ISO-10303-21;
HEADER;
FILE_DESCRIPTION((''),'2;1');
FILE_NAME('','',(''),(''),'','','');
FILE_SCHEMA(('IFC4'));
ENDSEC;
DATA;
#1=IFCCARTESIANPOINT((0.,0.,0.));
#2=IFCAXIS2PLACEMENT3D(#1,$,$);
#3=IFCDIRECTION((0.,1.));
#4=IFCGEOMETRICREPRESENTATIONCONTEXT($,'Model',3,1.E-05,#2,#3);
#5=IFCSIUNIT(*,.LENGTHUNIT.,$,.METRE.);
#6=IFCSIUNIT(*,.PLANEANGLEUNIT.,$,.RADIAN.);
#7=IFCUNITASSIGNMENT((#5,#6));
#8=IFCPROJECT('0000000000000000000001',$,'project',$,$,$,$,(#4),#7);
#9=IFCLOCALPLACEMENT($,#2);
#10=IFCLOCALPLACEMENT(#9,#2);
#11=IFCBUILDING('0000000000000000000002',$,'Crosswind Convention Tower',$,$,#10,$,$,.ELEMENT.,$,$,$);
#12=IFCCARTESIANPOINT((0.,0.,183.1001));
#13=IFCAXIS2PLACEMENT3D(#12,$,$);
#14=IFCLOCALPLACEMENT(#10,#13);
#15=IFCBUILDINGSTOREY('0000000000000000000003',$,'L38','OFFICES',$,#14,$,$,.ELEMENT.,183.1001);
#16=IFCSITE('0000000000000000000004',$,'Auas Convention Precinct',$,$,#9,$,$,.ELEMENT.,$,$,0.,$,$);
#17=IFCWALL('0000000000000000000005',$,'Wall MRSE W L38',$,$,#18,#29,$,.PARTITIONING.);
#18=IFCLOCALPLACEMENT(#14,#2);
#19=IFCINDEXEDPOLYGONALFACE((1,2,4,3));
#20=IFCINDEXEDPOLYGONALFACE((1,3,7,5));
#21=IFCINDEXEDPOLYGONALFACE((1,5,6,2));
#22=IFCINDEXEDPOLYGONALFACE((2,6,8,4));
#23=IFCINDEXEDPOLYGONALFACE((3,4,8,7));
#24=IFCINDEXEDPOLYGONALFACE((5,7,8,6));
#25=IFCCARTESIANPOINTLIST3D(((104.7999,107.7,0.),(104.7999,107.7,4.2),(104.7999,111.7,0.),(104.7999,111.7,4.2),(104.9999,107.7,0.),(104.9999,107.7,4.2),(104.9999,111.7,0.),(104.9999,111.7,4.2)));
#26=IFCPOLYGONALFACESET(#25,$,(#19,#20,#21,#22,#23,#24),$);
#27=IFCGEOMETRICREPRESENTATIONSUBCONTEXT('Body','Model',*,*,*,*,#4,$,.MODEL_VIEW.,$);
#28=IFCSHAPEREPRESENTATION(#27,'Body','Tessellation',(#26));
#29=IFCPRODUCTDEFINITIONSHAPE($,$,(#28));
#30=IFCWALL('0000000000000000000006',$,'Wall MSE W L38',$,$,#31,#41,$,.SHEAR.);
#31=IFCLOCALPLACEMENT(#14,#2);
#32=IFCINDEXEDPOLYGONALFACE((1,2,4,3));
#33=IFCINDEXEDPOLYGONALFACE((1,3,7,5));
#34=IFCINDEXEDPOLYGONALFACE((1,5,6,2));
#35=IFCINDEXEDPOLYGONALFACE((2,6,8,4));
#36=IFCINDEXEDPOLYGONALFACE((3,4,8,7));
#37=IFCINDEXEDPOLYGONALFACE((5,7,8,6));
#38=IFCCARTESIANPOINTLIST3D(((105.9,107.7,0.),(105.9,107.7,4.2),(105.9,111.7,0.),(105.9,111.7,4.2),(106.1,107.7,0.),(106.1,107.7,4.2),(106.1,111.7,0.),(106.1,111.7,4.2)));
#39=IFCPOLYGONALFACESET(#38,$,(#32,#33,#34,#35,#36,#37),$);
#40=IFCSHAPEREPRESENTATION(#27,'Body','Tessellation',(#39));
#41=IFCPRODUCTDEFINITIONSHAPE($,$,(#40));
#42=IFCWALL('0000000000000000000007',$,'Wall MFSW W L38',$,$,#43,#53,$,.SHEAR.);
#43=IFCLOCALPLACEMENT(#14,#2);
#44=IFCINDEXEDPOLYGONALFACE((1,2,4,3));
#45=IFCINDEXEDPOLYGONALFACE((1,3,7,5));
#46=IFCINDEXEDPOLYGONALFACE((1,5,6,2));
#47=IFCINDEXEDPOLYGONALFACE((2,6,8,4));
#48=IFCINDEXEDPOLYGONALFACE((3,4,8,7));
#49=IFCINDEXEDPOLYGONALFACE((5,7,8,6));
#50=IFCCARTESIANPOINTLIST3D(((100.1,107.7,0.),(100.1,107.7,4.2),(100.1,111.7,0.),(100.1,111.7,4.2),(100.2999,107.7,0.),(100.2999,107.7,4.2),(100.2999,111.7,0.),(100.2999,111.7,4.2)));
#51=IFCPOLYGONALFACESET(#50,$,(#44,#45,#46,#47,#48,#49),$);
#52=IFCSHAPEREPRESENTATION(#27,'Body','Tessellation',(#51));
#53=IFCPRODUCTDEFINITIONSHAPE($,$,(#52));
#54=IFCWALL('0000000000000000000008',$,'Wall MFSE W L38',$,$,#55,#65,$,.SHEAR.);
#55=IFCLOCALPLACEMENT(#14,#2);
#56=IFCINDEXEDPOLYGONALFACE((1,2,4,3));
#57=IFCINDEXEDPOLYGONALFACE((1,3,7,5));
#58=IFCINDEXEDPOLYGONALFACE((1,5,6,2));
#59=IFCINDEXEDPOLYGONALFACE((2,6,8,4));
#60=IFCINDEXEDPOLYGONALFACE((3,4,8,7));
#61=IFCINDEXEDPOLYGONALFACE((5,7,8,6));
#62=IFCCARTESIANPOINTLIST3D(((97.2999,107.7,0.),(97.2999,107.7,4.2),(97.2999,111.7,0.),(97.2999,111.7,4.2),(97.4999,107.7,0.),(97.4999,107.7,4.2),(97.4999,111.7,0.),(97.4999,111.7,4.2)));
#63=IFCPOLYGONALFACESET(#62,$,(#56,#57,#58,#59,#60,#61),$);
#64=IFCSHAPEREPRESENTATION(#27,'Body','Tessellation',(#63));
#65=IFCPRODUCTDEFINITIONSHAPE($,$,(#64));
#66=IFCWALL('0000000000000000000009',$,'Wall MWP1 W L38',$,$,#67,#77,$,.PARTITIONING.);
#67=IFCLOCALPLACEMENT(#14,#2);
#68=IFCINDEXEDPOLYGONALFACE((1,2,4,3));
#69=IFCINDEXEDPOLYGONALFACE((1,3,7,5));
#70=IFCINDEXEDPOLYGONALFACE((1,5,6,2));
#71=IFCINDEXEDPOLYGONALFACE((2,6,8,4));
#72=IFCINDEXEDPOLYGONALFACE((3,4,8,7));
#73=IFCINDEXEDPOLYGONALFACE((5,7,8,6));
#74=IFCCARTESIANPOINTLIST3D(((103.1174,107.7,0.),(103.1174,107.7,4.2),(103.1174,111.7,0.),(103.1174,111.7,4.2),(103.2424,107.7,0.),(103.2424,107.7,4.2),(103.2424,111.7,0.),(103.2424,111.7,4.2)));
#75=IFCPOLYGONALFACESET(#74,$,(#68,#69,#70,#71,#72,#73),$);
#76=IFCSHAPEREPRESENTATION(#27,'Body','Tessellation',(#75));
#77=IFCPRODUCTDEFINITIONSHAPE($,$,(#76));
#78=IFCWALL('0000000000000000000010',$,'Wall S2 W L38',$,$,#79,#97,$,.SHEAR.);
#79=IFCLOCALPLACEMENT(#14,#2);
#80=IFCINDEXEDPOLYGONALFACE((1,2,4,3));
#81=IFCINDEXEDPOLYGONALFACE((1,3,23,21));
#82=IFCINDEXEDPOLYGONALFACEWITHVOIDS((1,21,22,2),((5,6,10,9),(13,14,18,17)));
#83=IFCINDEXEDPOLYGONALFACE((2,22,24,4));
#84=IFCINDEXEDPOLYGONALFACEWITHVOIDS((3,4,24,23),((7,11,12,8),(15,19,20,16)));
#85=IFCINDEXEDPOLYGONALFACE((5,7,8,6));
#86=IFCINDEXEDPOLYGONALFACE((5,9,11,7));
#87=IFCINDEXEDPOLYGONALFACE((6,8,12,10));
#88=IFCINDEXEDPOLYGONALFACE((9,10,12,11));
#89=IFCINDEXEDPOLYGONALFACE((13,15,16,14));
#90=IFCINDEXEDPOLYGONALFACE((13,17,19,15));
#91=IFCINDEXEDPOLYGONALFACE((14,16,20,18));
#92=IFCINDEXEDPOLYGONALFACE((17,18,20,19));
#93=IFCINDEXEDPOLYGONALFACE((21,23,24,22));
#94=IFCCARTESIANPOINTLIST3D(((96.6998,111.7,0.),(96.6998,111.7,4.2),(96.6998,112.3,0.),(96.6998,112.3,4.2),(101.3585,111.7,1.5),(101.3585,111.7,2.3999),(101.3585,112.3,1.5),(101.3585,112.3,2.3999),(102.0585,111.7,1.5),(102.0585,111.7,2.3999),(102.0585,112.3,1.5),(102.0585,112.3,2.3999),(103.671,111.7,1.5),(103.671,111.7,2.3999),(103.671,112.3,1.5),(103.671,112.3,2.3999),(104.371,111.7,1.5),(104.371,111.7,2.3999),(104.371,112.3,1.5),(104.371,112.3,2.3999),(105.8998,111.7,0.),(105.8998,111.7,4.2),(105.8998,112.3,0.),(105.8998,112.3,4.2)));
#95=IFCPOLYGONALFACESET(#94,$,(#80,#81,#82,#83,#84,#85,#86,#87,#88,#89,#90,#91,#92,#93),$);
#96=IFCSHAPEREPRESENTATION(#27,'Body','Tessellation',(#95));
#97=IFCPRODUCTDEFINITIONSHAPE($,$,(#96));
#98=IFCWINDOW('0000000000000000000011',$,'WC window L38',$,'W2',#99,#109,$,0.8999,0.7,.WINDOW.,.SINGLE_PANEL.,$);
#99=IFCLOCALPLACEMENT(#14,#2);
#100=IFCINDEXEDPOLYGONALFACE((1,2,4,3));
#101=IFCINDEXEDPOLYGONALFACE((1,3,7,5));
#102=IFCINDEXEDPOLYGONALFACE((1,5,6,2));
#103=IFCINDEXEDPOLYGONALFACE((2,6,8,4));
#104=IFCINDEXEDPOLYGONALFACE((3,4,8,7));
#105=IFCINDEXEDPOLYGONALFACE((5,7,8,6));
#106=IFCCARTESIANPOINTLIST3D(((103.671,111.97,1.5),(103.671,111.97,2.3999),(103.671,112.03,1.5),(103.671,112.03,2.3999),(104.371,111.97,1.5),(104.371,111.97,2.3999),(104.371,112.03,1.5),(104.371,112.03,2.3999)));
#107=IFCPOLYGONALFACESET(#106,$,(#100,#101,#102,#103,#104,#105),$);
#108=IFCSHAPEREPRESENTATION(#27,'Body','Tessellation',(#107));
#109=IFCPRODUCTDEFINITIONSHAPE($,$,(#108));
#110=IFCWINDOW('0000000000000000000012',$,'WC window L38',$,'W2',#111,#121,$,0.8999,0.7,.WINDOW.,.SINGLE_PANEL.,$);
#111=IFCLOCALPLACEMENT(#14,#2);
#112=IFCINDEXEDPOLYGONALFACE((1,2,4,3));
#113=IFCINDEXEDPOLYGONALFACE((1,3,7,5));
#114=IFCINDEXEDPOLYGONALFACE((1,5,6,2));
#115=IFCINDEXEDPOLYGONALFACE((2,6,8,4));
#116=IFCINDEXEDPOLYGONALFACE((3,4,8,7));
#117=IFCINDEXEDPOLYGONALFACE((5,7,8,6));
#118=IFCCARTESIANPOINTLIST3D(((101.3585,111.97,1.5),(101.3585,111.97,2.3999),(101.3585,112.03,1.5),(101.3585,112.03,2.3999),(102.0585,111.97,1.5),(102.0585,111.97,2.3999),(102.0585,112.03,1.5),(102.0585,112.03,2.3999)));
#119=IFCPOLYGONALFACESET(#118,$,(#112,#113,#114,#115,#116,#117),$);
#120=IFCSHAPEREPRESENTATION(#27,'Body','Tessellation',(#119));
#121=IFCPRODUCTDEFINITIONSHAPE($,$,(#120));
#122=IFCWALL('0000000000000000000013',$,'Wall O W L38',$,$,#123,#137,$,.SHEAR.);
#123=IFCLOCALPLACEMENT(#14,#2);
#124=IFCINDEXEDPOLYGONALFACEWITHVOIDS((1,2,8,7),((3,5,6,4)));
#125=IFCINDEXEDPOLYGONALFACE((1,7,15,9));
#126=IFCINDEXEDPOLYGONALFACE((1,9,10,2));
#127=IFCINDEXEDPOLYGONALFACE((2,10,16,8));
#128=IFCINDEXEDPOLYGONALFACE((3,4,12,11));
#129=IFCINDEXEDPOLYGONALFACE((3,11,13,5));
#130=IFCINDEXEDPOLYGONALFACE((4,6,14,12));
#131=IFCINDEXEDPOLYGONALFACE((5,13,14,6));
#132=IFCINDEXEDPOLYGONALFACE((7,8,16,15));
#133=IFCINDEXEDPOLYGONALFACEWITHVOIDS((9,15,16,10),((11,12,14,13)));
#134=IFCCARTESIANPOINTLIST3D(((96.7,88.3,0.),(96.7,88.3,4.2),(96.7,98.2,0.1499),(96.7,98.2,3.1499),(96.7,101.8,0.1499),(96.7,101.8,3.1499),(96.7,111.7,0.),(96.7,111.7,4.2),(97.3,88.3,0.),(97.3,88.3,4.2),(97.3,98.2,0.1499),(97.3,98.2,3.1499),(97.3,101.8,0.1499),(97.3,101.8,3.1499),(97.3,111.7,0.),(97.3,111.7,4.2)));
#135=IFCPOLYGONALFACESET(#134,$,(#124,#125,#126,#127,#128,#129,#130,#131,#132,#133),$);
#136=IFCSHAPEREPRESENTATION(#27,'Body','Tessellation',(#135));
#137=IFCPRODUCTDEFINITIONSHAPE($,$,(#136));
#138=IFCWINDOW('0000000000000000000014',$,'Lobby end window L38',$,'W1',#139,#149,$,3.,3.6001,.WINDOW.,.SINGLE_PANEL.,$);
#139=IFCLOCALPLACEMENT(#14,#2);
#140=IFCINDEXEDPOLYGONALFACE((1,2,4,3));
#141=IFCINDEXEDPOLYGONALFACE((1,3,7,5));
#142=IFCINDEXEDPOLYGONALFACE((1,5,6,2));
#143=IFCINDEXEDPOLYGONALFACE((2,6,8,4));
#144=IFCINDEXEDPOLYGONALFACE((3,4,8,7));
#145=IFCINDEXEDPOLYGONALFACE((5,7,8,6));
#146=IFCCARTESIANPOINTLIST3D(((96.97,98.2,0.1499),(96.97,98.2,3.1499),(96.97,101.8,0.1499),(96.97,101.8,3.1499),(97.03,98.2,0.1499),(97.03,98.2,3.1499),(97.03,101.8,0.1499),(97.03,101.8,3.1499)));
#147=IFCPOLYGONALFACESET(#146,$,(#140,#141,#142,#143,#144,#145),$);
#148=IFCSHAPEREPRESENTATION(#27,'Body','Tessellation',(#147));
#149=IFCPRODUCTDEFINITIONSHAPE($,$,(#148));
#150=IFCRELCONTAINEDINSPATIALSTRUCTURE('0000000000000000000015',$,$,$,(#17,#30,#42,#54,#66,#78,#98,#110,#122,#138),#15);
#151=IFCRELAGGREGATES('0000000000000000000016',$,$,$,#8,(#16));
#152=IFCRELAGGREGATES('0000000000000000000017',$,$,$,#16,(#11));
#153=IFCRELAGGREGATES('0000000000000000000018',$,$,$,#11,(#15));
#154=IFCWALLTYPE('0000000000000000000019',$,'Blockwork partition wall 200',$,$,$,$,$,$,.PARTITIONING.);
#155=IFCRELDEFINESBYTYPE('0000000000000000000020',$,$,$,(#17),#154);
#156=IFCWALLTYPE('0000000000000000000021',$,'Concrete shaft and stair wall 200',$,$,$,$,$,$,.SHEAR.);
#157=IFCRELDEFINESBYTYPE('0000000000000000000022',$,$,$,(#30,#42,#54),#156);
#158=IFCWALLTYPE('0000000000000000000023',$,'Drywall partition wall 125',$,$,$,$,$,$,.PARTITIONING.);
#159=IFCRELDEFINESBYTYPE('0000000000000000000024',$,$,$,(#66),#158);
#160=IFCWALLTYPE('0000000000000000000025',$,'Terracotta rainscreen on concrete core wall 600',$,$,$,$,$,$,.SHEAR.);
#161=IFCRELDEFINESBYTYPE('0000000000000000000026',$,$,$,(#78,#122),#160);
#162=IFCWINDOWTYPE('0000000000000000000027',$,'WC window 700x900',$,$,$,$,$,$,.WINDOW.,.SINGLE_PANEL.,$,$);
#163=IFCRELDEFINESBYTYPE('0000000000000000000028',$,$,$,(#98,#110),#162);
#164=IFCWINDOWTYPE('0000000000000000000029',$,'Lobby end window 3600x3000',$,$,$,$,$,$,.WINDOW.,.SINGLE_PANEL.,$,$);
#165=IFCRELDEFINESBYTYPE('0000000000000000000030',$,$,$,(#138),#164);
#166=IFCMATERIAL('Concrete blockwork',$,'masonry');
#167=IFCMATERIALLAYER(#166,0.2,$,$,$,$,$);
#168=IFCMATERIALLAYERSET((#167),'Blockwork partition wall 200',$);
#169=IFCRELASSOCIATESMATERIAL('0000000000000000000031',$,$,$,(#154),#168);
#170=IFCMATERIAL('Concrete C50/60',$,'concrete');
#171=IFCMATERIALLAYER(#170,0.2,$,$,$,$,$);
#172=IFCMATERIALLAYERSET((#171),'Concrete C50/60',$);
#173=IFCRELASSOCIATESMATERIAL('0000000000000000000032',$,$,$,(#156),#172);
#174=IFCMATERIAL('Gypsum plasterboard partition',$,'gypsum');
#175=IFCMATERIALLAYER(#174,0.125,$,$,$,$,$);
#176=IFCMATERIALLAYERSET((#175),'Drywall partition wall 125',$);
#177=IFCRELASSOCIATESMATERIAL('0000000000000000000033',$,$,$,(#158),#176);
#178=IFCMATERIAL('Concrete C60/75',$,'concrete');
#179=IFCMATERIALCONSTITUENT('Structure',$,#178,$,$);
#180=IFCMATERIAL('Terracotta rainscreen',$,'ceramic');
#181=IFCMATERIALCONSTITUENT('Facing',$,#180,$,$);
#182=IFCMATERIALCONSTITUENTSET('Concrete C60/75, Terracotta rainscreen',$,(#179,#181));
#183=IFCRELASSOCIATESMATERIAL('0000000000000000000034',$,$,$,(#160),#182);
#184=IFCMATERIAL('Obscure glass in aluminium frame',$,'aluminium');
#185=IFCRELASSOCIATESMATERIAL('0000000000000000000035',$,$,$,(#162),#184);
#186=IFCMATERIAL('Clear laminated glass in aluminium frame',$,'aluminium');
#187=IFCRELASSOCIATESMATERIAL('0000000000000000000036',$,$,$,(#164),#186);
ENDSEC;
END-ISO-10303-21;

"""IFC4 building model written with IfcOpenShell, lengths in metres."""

from ifc_helpers import new_model, si_unit, direction, frame, frame_2d, origin, place, context, subcontext, project, spatial, rectangle, extrude, material, layer, layer_set, constituent, constituent_set, type_object, element, fill, save


model = new_model("IFC4")

# Units and contexts
model_context = context("Model", 3, precision=1e-05, world=origin(), true_north=direction((0.0, 1.0)))
body_context = subcontext(model_context, "Body", "Model", "MODEL_VIEW")
ifc_project = project(units=[si_unit("LENGTHUNIT", "METRE"), si_unit("PLANEANGLEUNIT", "RADIAN")], contexts=[model_context])

# Site, building, storey
site_placement = place(None, origin())
site = spatial("IfcSite", under=ifc_project, at=site_placement, Name="Auas Convention Precinct", CompositionType="ELEMENT", RefElevation=0.0)
building_placement = place(site_placement, origin())
building = spatial("IfcBuilding", under=site, at=building_placement, Name="Crosswind Convention Tower", CompositionType="ELEMENT")
storey_placement = place(building_placement, frame((0.0, 0.0, 183.1001)))
storey = spatial("IfcBuildingStorey", under=building, at=storey_placement, Name="L38", Description="OFFICES", CompositionType="ELEMENT", Elevation=183.1001)

# Walls
ifc_material_1 = material(Name="Concrete blockwork", Category="masonry")
ifc_layer_1 = layer(ifc_material_1, 0.2)
ifc_layer_set_1 = layer_set([ifc_layer_1], Name="Blockwork partition wall 200")
wall_type_1 = type_object("IfcWallType", Name="Blockwork partition wall 200", PredefinedType="PARTITIONING", material=ifc_layer_set_1)
wall_1_placement = place(storey_placement, frame((104.8999, 111.7, 0.0), z_axis=(0.0, 0.0, 1.0), x_axis=(0.0, -1.0, 0.0)))
element("IfcWall", 1, at=wall_1_placement, inside=storey, type_object=wall_type_1, Name="Wall MRSE W L38", PredefinedType="PARTITIONING", context=body_context, shape_type="SweptSolid", body=[
    extrude(rectangle(XDim=4.0, YDim=0.2, at=frame_2d((2.0, 0.0))), origin(), (0.0, 0.0, 1.0), 4.2),
])
ifc_material_2 = material(Name="Concrete C50/60", Category="concrete")
ifc_layer_2 = layer(ifc_material_2, 0.2)
ifc_layer_set_2 = layer_set([ifc_layer_2], Name="Concrete C50/60")
wall_type_2 = type_object("IfcWallType", Name="Concrete shaft and stair wall 200", PredefinedType="SHEAR", material=ifc_layer_set_2)
for number, where, z_axis, x_axis, name in (
    (2, (106.0, 111.7, 0.0), (0.0, 0.0, 1.0), (0.0, -1.0, 0.0), "Wall MSE W L38"),
    (3, (100.2, 111.7, 0.0), (0.0, 0.0, 1.0), (0.0, -1.0, 0.0), "Wall MFSW W L38"),
    (4, (97.3999, 111.7, 0.0), (0.0, 0.0, 1.0), (0.0, -1.0, 0.0), "Wall MFSE W L38"),
):
    element("IfcWall", number, at=place(storey_placement, frame(where, z_axis=z_axis, x_axis=x_axis)), inside=storey, type_object=wall_type_2, Name=name, PredefinedType="SHEAR", context=body_context, shape_type="SweptSolid", body=[
        extrude(rectangle(XDim=4.0, YDim=0.2, at=frame_2d((2.0, 0.0))), origin(), (0.0, 0.0, 1.0), 4.2),
    ])
ifc_material_3 = material(Name="Gypsum plasterboard partition", Category="gypsum")
ifc_layer_3 = layer(ifc_material_3, 0.125)
ifc_layer_set_3 = layer_set([ifc_layer_3], Name="Drywall partition wall 125")
wall_type_3 = type_object("IfcWallType", Name="Drywall partition wall 125", PredefinedType="PARTITIONING", material=ifc_layer_set_3)
wall_2_placement = place(storey_placement, frame((103.1799, 111.7, 0.0), z_axis=(0.0, 0.0, 1.0), x_axis=(0.0, -1.0, 0.0)))
element("IfcWall", 5, at=wall_2_placement, inside=storey, type_object=wall_type_3, Name="Wall MWP1 W L38", PredefinedType="PARTITIONING", context=body_context, shape_type="SweptSolid", body=[
    extrude(rectangle(XDim=4.0, YDim=0.125, at=frame_2d((2.0, 0.0))), origin(), (0.0, 0.0, 1.0), 4.2),
])

# Wall, openings, windows
ifc_material_4 = material(Name="Concrete C60/75", Category="concrete")
ifc_constituent_1 = constituent(ifc_material_4, Name="Structure")
ifc_material_5 = material(Name="Terracotta rainscreen", Category="ceramic")
ifc_constituent_2 = constituent(ifc_material_5, Name="Facing")
ifc_constituent_set = constituent_set(constituents=[ifc_constituent_1, ifc_constituent_2], Name="Concrete C60/75, Terracotta rainscreen")
wall_type_4 = type_object("IfcWallType", Name="Terracotta rainscreen on concrete core wall 600", PredefinedType="SHEAR", material=ifc_constituent_set)
wall_3_placement = place(storey_placement, frame((105.8999, 112.0, 0.0), z_axis=(0.0, 0.0, 1.0), x_axis=(-1.0, 0.0, 0.0)))
wall_3 = element("IfcWall", 6, at=wall_3_placement, inside=storey, type_object=wall_type_4, Name="Wall S2 W L38", PredefinedType="SHEAR", context=body_context, shape_type="SweptSolid", body=[
    extrude(rectangle(XDim=9.2, YDim=0.6001, at=frame_2d((4.6001, 0.0))), origin(), (0.0, 0.0, 1.0), 4.2),
])
opening_1_placement = place(wall_3_placement, frame((1.5288, 0.0, 1.5)))
opening_1 = element("IfcOpeningElement", 7, at=opening_1_placement, cuts=wall_3, PredefinedType="OPENING", context=body_context, shape_type="SweptSolid", body=[
    extrude(rectangle(XDim=0.7, YDim=0.8999, at=frame_2d((0.3501, 0.45))), frame((0.0, 0.3101, 0.0), z_axis=(0.0, -1.0, 0.0), x_axis=(1.0, 0.0, 0.0)), (0.0, 0.0, 1.0), 0.6201),
])
opening_2_placement = place(wall_3_placement, frame((3.8413, 0.0, 1.5)))
opening_2 = element("IfcOpeningElement", 8, at=opening_2_placement, cuts=wall_3, PredefinedType="OPENING", context=body_context, shape_type="SweptSolid", body=[
    extrude(rectangle(XDim=0.7, YDim=0.8999, at=frame_2d((0.3501, 0.45))), frame((0.0, 0.3101, 0.0), z_axis=(0.0, -1.0, 0.0), x_axis=(1.0, 0.0, 0.0)), (0.0, 0.0, 1.0), 0.6201),
])
ifc_material_6 = material(Name="Obscure glass in aluminium frame", Category="aluminium")
window_type_1 = type_object("IfcWindowType", Name="WC window 700x900", PartitioningType="SINGLE_PANEL", PredefinedType="WINDOW", material=ifc_material_6)
window_1_placement = place(opening_1_placement, origin())
window_1 = element("IfcWindow", 9, at=window_1_placement, inside=storey, type_object=window_type_1, Name="WC window L38", ObjectType="W2", OverallHeight=0.8999, OverallWidth=0.7, PartitioningType="SINGLE_PANEL", PredefinedType="WINDOW", context=body_context, shape_type="SweptSolid", body=[
    extrude(rectangle(XDim=0.7, YDim=0.8999, at=frame_2d((0.3501, 0.45))), frame((0.0, 0.03, 0.0), z_axis=(0.0, -1.0, 0.0), x_axis=(1.0, 0.0, 0.0)), (0.0, 0.0, 1.0), 0.0601),
])
fill(opening_1, window_1)
window_2_placement = place(opening_2_placement, origin())
window_2 = element("IfcWindow", 10, at=window_2_placement, inside=storey, type_object=window_type_1, Name="WC window L38", ObjectType="W2", OverallHeight=0.8999, OverallWidth=0.7, PartitioningType="SINGLE_PANEL", PredefinedType="WINDOW", context=body_context, shape_type="SweptSolid", body=[
    extrude(rectangle(XDim=0.7, YDim=0.8999, at=frame_2d((0.3501, 0.45))), frame((0.0, 0.03, 0.0), z_axis=(0.0, -1.0, 0.0), x_axis=(1.0, 0.0, 0.0)), (0.0, 0.0, 1.0), 0.0601),
])
fill(opening_2, window_2)

# Wall, opening, window
wall_4_placement = place(storey_placement, frame((97.0, 111.7, 0.0), z_axis=(0.0, 0.0, 1.0), x_axis=(0.0, -1.0, 0.0)))
wall_4 = element("IfcWall", 11, at=wall_4_placement, inside=storey, type_object=wall_type_4, Name="Wall O W L38", PredefinedType="SHEAR", context=body_context, shape_type="SweptSolid", body=[
    extrude(rectangle(XDim=23.3999, YDim=0.6001, at=frame_2d((11.7, 0.0))), origin(), (0.0, 0.0, 1.0), 4.2),
])
opening_3_placement = place(wall_4_placement, frame((9.8999, 0.0, 0.1499)))
opening_3 = element("IfcOpeningElement", 12, at=opening_3_placement, cuts=wall_4, PredefinedType="OPENING", context=body_context, shape_type="SweptSolid", body=[
    extrude(rectangle(XDim=3.6001, YDim=3.0, at=frame_2d((1.8, 1.5))), frame((0.0, 0.3101, 0.0), z_axis=(0.0, -1.0, 0.0), x_axis=(1.0, 0.0, 0.0)), (0.0, 0.0, 1.0), 0.6201),
])
ifc_material_7 = material(Name="Clear laminated glass in aluminium frame", Category="aluminium")
window_type_2 = type_object("IfcWindowType", Name="Lobby end window 3600x3000", PartitioningType="SINGLE_PANEL", PredefinedType="WINDOW", material=ifc_material_7)
window_3_placement = place(opening_3_placement, origin())
window_3 = element("IfcWindow", 13, at=window_3_placement, inside=storey, type_object=window_type_2, Name="Lobby end window L38", ObjectType="W1", OverallHeight=3.0, OverallWidth=3.6001, PartitioningType="SINGLE_PANEL", PredefinedType="WINDOW", context=body_context, shape_type="SweptSolid", body=[
    extrude(rectangle(XDim=3.6001, YDim=3.0, at=frame_2d((1.8, 1.5))), frame((0.0, 0.03, 0.0), z_axis=(0.0, -1.0, 0.0), x_axis=(1.0, 0.0, 0.0)), (0.0, 0.0, 1.0), 0.0601),
])
fill(opening_3, window_3)

save(model, "model.ifc")
